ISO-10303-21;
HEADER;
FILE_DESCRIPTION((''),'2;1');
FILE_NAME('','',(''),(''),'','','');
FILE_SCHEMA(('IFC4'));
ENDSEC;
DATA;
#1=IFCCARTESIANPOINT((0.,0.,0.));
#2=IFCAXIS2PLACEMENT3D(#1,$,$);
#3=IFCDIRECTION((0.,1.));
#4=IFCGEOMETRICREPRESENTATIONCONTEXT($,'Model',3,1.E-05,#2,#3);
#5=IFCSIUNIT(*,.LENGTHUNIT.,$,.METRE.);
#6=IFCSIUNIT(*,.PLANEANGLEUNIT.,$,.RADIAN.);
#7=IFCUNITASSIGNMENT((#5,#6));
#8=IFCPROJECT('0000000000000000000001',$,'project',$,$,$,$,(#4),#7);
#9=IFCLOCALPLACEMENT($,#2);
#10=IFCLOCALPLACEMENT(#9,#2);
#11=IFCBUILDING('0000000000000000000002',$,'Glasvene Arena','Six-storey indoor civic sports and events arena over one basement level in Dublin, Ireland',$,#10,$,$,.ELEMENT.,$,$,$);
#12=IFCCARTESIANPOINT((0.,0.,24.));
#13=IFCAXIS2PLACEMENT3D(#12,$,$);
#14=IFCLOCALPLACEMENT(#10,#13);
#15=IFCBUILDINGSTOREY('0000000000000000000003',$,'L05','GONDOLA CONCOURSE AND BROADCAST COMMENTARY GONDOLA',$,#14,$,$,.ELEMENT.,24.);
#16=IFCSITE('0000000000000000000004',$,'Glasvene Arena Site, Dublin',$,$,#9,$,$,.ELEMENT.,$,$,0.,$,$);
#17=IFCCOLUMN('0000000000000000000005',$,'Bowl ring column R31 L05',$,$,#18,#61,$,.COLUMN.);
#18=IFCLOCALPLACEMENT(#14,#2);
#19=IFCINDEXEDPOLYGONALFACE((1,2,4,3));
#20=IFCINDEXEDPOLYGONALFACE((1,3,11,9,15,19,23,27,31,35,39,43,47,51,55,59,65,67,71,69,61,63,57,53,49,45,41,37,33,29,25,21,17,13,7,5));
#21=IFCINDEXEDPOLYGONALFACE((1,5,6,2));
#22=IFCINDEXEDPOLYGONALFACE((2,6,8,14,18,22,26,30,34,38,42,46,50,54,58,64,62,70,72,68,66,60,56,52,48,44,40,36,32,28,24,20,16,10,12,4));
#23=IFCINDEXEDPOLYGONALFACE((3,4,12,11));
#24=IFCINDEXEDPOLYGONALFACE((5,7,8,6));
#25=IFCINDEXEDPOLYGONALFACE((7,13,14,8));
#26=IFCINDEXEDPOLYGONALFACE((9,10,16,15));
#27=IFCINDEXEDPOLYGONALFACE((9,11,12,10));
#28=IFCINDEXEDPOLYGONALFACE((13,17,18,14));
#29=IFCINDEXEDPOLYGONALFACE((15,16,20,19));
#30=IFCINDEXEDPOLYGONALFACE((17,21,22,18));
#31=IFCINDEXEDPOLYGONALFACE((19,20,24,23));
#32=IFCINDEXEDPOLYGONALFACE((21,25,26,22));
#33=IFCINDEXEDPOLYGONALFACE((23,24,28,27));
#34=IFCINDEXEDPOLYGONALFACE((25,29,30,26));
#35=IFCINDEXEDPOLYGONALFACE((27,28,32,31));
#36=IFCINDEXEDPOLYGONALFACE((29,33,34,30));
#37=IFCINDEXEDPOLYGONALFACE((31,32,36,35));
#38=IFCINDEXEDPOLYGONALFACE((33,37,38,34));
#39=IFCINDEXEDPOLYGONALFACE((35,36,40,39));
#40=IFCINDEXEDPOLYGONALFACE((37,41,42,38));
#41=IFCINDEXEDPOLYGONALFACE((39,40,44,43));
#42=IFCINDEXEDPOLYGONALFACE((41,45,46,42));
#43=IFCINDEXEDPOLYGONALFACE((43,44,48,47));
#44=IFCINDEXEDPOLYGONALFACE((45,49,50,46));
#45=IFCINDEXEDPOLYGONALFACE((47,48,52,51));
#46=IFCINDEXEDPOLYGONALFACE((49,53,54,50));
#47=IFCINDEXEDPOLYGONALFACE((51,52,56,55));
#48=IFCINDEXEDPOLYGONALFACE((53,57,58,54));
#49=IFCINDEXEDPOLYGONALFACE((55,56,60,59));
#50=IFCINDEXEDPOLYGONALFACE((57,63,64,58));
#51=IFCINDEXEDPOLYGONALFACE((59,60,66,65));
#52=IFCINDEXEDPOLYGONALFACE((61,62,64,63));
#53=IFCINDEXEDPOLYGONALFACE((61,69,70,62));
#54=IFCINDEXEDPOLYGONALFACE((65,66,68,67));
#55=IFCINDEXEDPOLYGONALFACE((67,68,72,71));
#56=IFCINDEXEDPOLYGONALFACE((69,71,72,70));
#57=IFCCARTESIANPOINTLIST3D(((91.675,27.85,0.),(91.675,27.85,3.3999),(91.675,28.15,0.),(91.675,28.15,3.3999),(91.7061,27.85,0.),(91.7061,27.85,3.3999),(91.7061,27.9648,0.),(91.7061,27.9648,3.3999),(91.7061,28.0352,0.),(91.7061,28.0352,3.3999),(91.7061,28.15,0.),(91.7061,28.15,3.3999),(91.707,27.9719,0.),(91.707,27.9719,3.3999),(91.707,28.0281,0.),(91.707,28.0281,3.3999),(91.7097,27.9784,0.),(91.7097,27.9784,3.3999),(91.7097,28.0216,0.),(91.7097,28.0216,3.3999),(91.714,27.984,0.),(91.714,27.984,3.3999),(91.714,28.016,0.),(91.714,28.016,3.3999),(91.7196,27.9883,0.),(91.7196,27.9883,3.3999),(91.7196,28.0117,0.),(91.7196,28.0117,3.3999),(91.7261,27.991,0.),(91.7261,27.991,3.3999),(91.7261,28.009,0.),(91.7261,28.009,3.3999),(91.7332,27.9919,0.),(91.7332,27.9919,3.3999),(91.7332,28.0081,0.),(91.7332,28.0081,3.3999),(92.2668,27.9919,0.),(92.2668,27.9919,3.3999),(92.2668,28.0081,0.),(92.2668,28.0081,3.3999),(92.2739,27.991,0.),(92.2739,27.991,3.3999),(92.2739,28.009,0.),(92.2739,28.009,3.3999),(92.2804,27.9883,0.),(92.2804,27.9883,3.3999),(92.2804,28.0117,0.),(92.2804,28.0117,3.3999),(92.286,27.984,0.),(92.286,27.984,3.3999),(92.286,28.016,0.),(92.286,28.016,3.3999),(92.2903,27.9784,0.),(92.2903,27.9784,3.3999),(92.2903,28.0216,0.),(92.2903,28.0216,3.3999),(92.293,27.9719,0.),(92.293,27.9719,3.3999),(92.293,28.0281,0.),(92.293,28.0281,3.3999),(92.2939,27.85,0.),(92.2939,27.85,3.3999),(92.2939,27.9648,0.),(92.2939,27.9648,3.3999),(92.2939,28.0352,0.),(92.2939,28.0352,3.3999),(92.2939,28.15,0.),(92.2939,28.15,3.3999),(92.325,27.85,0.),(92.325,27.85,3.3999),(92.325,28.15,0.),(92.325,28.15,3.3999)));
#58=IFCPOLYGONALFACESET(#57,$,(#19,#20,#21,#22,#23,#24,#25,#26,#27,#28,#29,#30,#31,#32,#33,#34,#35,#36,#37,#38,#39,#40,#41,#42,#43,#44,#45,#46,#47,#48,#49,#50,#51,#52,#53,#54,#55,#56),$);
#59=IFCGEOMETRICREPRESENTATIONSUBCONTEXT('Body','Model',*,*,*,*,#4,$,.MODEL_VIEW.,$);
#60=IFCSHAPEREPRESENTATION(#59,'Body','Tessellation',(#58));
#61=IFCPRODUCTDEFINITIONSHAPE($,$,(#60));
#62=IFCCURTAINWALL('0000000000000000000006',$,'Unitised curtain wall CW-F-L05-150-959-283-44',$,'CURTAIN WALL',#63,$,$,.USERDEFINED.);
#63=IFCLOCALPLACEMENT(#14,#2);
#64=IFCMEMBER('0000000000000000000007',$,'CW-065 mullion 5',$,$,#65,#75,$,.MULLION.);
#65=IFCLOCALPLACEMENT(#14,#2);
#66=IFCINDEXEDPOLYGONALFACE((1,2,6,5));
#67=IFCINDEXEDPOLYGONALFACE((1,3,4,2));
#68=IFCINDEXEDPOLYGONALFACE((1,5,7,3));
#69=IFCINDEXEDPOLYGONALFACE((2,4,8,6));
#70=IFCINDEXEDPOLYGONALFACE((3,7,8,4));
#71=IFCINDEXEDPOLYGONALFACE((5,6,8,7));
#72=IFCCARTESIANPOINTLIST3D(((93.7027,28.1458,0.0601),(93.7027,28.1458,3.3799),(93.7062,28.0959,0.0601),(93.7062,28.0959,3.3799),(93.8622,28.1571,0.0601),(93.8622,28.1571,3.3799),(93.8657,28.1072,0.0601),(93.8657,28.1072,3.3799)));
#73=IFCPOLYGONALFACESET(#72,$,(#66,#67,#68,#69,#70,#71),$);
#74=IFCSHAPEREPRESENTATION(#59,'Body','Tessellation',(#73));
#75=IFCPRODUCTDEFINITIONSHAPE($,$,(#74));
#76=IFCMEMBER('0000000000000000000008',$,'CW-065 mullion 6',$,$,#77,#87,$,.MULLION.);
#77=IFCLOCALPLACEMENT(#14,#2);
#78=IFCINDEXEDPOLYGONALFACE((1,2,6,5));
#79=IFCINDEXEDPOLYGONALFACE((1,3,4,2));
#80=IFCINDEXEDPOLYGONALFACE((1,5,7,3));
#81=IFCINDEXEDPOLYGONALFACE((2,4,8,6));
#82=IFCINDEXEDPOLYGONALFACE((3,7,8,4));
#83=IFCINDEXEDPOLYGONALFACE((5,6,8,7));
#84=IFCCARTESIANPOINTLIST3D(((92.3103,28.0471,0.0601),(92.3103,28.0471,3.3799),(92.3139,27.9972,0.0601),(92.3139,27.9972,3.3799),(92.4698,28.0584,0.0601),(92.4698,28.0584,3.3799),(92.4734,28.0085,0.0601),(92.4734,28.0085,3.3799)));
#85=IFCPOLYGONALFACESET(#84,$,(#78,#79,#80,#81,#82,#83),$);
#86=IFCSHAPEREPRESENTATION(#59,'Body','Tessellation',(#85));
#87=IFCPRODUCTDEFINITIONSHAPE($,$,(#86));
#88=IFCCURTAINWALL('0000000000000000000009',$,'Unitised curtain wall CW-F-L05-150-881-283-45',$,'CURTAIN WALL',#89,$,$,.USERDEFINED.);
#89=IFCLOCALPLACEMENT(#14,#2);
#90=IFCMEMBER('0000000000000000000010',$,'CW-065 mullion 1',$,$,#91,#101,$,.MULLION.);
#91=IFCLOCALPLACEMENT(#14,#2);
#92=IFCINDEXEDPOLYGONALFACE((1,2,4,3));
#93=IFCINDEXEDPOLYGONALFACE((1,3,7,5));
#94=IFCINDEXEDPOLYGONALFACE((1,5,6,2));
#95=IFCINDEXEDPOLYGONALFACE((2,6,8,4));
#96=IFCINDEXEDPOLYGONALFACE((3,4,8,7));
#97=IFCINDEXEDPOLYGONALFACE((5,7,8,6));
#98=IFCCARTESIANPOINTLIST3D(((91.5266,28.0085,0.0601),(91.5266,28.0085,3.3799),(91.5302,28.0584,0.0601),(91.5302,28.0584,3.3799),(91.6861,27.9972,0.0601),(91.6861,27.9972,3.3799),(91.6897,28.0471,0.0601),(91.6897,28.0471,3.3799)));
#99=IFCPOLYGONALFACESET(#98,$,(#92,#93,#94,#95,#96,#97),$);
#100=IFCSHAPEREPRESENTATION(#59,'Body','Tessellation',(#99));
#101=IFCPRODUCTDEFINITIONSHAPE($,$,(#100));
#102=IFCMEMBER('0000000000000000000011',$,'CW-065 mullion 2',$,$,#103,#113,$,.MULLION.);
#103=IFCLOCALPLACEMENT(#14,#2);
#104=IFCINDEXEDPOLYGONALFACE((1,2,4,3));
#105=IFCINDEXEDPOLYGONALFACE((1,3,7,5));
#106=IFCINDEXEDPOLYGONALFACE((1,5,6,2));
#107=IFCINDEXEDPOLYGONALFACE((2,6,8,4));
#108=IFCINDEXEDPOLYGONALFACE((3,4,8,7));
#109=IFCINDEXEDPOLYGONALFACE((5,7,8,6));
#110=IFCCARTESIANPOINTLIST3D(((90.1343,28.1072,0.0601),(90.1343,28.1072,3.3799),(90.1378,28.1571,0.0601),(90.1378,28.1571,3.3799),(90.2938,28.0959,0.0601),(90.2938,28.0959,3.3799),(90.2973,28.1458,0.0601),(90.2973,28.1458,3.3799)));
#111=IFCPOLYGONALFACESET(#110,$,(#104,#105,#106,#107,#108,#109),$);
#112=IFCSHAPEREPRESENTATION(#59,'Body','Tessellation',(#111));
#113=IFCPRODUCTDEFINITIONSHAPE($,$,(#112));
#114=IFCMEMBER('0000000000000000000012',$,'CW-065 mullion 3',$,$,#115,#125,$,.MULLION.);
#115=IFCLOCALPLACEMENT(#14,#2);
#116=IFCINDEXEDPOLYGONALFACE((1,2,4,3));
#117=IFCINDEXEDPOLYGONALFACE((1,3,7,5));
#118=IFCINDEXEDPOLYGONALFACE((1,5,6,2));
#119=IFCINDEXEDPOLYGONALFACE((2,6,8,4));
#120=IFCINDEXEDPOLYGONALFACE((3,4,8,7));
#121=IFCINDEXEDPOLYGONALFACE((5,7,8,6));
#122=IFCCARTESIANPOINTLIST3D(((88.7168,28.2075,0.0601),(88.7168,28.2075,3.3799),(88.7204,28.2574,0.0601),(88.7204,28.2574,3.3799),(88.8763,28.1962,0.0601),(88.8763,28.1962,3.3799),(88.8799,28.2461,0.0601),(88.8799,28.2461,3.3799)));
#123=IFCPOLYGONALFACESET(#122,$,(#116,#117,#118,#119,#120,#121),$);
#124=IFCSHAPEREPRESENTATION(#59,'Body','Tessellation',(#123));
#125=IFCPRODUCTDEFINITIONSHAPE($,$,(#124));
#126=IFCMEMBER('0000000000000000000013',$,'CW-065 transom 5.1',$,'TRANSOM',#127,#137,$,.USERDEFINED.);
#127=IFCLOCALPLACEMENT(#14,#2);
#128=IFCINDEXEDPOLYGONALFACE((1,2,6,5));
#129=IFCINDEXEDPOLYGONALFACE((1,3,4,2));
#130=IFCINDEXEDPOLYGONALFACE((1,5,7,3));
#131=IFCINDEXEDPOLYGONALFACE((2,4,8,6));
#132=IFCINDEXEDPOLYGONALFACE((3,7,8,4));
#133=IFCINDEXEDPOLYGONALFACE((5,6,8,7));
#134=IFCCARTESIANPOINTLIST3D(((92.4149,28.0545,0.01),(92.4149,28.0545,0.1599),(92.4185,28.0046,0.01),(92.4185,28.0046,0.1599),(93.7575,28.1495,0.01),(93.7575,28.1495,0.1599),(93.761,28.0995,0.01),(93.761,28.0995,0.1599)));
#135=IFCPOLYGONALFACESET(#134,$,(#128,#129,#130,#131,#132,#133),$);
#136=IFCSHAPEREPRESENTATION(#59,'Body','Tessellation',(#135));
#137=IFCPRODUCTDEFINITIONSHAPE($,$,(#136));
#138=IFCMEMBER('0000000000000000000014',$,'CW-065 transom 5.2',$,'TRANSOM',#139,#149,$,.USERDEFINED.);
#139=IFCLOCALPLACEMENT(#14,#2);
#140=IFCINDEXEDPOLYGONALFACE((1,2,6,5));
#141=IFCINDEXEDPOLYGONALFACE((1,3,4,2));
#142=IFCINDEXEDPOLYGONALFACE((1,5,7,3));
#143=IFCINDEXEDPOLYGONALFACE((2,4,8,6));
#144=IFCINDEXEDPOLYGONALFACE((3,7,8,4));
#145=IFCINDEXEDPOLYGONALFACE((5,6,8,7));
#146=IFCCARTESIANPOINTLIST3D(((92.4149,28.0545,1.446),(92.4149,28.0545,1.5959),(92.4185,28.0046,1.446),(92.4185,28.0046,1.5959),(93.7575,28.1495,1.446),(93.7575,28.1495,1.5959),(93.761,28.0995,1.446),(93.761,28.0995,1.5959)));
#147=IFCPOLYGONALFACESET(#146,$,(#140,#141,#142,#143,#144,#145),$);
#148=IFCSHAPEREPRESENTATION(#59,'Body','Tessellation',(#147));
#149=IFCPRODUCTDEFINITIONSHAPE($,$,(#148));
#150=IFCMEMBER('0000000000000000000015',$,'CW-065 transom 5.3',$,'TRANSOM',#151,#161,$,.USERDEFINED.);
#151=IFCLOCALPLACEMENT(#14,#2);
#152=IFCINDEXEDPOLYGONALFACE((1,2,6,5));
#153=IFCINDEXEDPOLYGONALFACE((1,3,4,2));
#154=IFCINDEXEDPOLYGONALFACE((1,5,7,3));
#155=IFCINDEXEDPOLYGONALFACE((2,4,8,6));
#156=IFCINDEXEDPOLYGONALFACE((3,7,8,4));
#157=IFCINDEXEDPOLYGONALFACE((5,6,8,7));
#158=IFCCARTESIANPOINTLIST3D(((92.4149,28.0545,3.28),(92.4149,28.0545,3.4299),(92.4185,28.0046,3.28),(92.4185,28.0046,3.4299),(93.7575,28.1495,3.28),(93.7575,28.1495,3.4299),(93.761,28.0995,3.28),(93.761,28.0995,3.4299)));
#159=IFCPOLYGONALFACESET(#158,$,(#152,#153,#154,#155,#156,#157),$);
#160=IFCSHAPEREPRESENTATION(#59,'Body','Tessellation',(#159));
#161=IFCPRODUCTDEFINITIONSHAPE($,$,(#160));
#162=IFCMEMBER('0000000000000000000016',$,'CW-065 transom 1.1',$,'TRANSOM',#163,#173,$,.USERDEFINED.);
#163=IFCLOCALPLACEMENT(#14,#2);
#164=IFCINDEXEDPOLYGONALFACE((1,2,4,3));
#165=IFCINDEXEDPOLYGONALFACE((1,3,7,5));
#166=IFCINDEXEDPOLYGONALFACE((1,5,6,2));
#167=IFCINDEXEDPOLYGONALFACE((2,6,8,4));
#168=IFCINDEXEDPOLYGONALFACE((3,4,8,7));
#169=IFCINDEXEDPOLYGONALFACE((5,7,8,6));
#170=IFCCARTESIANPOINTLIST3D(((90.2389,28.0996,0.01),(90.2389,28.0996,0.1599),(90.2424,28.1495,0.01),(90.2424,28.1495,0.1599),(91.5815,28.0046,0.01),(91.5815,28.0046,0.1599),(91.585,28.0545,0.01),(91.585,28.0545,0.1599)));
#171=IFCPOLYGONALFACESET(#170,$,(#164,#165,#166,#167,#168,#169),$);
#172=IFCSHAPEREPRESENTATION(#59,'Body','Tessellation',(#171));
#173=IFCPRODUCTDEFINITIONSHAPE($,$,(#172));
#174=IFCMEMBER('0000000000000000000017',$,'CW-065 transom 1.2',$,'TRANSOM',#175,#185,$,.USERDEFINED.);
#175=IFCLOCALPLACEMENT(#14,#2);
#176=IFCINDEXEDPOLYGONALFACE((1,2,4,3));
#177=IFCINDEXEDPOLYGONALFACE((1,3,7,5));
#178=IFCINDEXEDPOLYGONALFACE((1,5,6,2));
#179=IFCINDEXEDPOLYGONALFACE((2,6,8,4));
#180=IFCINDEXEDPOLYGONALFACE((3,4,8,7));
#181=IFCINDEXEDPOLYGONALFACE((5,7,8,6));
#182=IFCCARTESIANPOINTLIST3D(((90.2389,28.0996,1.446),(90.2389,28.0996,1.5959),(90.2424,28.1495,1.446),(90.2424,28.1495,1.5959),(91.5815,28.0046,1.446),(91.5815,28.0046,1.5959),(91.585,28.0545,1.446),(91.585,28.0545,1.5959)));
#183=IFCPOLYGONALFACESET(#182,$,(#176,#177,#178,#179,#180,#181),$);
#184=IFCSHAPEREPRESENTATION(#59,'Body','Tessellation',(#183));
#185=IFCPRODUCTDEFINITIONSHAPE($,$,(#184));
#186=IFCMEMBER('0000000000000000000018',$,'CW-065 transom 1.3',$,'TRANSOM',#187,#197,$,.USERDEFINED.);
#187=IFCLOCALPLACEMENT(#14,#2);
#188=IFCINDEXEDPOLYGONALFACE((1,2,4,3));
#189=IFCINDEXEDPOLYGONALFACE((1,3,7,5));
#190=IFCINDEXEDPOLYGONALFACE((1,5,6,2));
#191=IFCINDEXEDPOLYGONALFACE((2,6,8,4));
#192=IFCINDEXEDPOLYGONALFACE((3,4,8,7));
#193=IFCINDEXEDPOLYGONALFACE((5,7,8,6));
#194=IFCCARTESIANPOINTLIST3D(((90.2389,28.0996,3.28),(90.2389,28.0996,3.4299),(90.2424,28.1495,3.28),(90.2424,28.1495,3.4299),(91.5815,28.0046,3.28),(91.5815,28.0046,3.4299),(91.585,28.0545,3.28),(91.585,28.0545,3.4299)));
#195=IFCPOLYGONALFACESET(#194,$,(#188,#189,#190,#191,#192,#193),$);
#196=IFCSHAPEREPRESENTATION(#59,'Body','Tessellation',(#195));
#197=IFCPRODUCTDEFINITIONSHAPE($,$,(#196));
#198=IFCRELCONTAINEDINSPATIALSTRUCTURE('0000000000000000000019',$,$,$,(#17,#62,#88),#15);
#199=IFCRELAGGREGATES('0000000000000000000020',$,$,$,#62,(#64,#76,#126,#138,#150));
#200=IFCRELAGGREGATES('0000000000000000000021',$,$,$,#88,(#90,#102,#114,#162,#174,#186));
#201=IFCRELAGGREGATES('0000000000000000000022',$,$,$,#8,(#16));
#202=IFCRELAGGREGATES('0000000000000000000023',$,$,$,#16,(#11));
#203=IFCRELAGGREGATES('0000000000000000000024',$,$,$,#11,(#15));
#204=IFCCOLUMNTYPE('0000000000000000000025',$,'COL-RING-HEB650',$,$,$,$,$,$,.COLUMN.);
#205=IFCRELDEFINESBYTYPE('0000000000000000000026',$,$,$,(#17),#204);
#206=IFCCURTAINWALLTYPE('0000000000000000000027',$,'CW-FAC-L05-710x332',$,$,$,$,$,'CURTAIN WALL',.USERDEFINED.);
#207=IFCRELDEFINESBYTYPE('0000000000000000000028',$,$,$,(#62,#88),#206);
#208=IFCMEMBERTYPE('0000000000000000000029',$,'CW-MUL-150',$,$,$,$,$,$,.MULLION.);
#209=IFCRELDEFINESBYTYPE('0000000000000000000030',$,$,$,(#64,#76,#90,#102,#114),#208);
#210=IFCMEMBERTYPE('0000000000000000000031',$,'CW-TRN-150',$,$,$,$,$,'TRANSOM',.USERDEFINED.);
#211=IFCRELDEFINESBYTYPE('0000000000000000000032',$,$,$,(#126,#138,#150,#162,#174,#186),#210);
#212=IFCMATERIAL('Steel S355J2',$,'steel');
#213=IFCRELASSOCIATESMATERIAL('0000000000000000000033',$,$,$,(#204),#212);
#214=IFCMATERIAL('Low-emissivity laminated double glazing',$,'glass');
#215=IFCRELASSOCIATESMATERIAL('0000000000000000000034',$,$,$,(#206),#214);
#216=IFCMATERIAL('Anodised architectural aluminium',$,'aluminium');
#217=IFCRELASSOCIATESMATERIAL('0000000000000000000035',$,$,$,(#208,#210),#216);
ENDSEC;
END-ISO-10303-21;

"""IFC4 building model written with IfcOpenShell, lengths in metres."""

from ifc_helpers import new_model, si_unit, direction, frame, origin, origin_2d, place, context, subcontext, project, spatial, rectangle, i_section, extrude, material, material_profile, profile_set, type_object, element, aggregate, save


model = new_model("IFC4")

# Units and contexts
model_context = context("Model", 3, precision=1e-05, world=origin(), true_north=direction((0.0, 1.0)))
body_context = subcontext(model_context, "Body", "Model", "MODEL_VIEW")
ifc_project = project(units=[si_unit("LENGTHUNIT", "METRE"), si_unit("PLANEANGLEUNIT", "RADIAN")], contexts=[model_context])

# Site, building, storey
site_placement = place(None, origin())
site = spatial("IfcSite", under=ifc_project, at=site_placement, Name="Glasvene Arena Site, Dublin", CompositionType="ELEMENT", RefElevation=0.0)
building_placement = place(site_placement, origin())
building = spatial("IfcBuilding", under=site, at=building_placement, Name="Glasvene Arena", Description="Six-storey indoor civic sports and events arena over one basement level in Dublin, Ireland", CompositionType="ELEMENT")
storey_placement = place(building_placement, frame((0.0, 0.0, 24.0)))
storey = spatial("IfcBuildingStorey", under=building, at=storey_placement, Name="L05", Description="GONDOLA CONCOURSE AND BROADCAST COMMENTARY GONDOLA", CompositionType="ELEMENT", Elevation=24.0)

# Column
ifc_material_1 = material(Name="Steel S355J2", Category="steel")
ifc_material_profile_1 = material_profile(ifc_material_1, i_section(OverallWidth=0.3, OverallDepth=0.6499, WebThickness=0.0161, FlangeThickness=0.031, FilletRadius=0.0271, at=origin_2d()), Name="HEB 650")
ifc_profile_set_1 = profile_set([ifc_material_profile_1], Name="Steel S355J2")
column_type = type_object("IfcColumnType", Name="COL-RING-HEB650", PredefinedType="COLUMN", material=ifc_profile_set_1)
column_placement = place(storey_placement, frame((92.0, 28.0, 0.0), z_axis=(0.0, 0.0, 1.0), x_axis=(0.0, -1.0, 0.0)))
element("IfcColumn", 1, at=column_placement, inside=storey, type_object=column_type, Name="Bowl ring column R31 L05", PredefinedType="COLUMN", context=body_context, shape_type="SweptSolid", body=[
    extrude(i_section(OverallWidth=0.3, OverallDepth=0.6499, WebThickness=0.0161, FlangeThickness=0.031, FilletRadius=0.0271, at=origin_2d()), origin(), (0.0, 0.0, 1.0), 3.3999),
])

# Curtain walls, members
ifc_material_2 = material(Name="Low-emissivity laminated double glazing", Category="glass")
curtain_wall_type = type_object("IfcCurtainWallType", Name="CW-FAC-L05-710x332", ElementType="CURTAIN WALL", PredefinedType="USERDEFINED", material=ifc_material_2)
curtain_wall_1_placement = place(storey_placement, frame((99.4539, 28.5281, 0.0)))
curtain_wall_1 = element("IfcCurtainWall", 2, at=curtain_wall_1_placement, inside=storey, type_object=curtain_wall_type, Name="Unitised curtain wall CW-F-L05-150-959-283-44", ObjectType="CURTAIN WALL", PredefinedType="USERDEFINED")
ifc_material_3 = material(Name="Anodised architectural aluminium", Category="aluminium")
ifc_material_profile_2 = material_profile(ifc_material_3, rectangle(XDim=0.05, YDim=0.1599, at=origin_2d()), Name="ALU MULLION 50x160")
ifc_profile_set_2 = profile_set([ifc_material_profile_2], Name="Anodised architectural aluminium")
member_type_1 = type_object("IfcMemberType", Name="CW-MUL-150", PredefinedType="MULLION", material=ifc_profile_set_2)
member_1_placement = place(storey_placement, frame((93.7842, 28.1265, 0.0601), z_axis=(0.0, 0.0, 1.0), x_axis=(0.070657, -0.997501, 0.0)))
member_1 = element("IfcMember", 3, at=member_1_placement, type_object=member_type_1, Name="CW-065 mullion 5", PredefinedType="MULLION", context=body_context, shape_type="SweptSolid", body=[
    extrude(rectangle(XDim=0.05, YDim=0.1599, at=origin_2d()), origin(), (0.0, 0.0, 1.0), 3.3198),
])
member_2_placement = place(storey_placement, frame((92.3918, 28.0278, 0.0601), z_axis=(0.0, 0.0, 1.0), x_axis=(0.070657, -0.997501, 0.0)))
member_2 = element("IfcMember", 4, at=member_2_placement, type_object=member_type_1, Name="CW-065 mullion 6", PredefinedType="MULLION", context=body_context, shape_type="SweptSolid", body=[
    extrude(rectangle(XDim=0.05, YDim=0.1599, at=origin_2d()), origin(), (0.0, 0.0, 1.0), 3.3198),
])
curtain_wall_2_placement = place(storey_placement, frame((91.6331, 28.0259, 0.0)))
curtain_wall_2 = element("IfcCurtainWall", 5, at=curtain_wall_2_placement, inside=storey, type_object=curtain_wall_type, Name="Unitised curtain wall CW-F-L05-150-881-283-45", ObjectType="CURTAIN WALL", PredefinedType="USERDEFINED")
member_3_placement = place(storey_placement, frame((91.6082, 28.0278, 0.0601), z_axis=(0.0, 0.0, 1.0), x_axis=(-0.070657, -0.997501, 0.0)))
member_3 = element("IfcMember", 6, at=member_3_placement, type_object=member_type_1, Name="CW-065 mullion 1", PredefinedType="MULLION", context=body_context, shape_type="SweptSolid", body=[
    extrude(rectangle(XDim=0.05, YDim=0.1599, at=origin_2d()), origin(), (0.0, 0.0, 1.0), 3.3198),
])
member_4_placement = place(storey_placement, frame((90.2158, 28.1265, 0.0601), z_axis=(0.0, 0.0, 1.0), x_axis=(-0.070657, -0.997501, 0.0)))
member_4 = element("IfcMember", 7, at=member_4_placement, type_object=member_type_1, Name="CW-065 mullion 2", PredefinedType="MULLION", context=body_context, shape_type="SweptSolid", body=[
    extrude(rectangle(XDim=0.05, YDim=0.1599, at=origin_2d()), origin(), (0.0, 0.0, 1.0), 3.3198),
])
member_5_placement = place(storey_placement, frame((88.7983, 28.2268, 0.0601), z_axis=(0.0, 0.0, 1.0), x_axis=(-0.070657, -0.997501, 0.0)))
member_5 = element("IfcMember", 8, at=member_5_placement, type_object=member_type_1, Name="CW-065 mullion 3", PredefinedType="MULLION", context=body_context, shape_type="SweptSolid", body=[
    extrude(rectangle(XDim=0.05, YDim=0.1599, at=origin_2d()), origin(), (0.0, 0.0, 1.0), 3.3198),
])

# Members
ifc_material_profile_3 = material_profile(ifc_material_3, rectangle(XDim=0.05, YDim=0.1499, at=origin_2d()), Name="ALU TRANSOM 50x150")
ifc_profile_set_3 = profile_set([ifc_material_profile_3], Name="Anodised architectural aluminium")
member_type_2 = type_object("IfcMemberType", Name="CW-TRN-150", ElementType="TRANSOM", PredefinedType="USERDEFINED", material=ifc_profile_set_3)
member_6_placement = place(storey_placement, frame((93.7593, 28.1245, 0.085), z_axis=(-0.997507, -0.070564, 0.0), x_axis=(0.070564, -0.997507, 0.0)))
member_6 = element("IfcMember", 9, at=member_6_placement, type_object=member_type_2, Name="CW-065 transom 5.1", ObjectType="TRANSOM", PredefinedType="USERDEFINED", context=body_context, shape_type="SweptSolid", body=[
    extrude(rectangle(XDim=0.05, YDim=0.1499, at=origin_2d()), origin(), (0.0, 0.0, 1.0), 1.3459),
])
member_7_placement = place(storey_placement, frame((93.7593, 28.1245, 1.521), z_axis=(-0.997507, -0.070564, 0.0), x_axis=(0.070564, -0.997507, 0.0)))
member_7 = element("IfcMember", 10, at=member_7_placement, type_object=member_type_2, Name="CW-065 transom 5.2", ObjectType="TRANSOM", PredefinedType="USERDEFINED", context=body_context, shape_type="SweptSolid", body=[
    extrude(rectangle(XDim=0.05, YDim=0.1499, at=origin_2d()), origin(), (0.0, 0.0, 1.0), 1.3459),
])
member_8_placement = place(storey_placement, frame((93.7593, 28.1245, 3.355), z_axis=(-0.997507, -0.070564, 0.0), x_axis=(0.070564, -0.997507, 0.0)))
member_8 = element("IfcMember", 11, at=member_8_placement, type_object=member_type_2, Name="CW-065 transom 5.3", ObjectType="TRANSOM", PredefinedType="USERDEFINED", context=body_context, shape_type="SweptSolid", body=[
    extrude(rectangle(XDim=0.05, YDim=0.1499, at=origin_2d()), origin(), (0.0, 0.0, 1.0), 1.3459),
])
member_9_placement = place(storey_placement, frame((91.5833, 28.0295, 0.085), z_axis=(-0.997507, 0.070564, 0.0), x_axis=(-0.070564, -0.997507, 0.0)))
member_9 = element("IfcMember", 12, at=member_9_placement, type_object=member_type_2, Name="CW-065 transom 1.1", ObjectType="TRANSOM", PredefinedType="USERDEFINED", context=body_context, shape_type="SweptSolid", body=[
    extrude(rectangle(XDim=0.05, YDim=0.1499, at=origin_2d()), origin(), (0.0, 0.0, 1.0), 1.3459),
])
member_10_placement = place(storey_placement, frame((91.5833, 28.0295, 1.521), z_axis=(-0.997507, 0.070564, 0.0), x_axis=(-0.070564, -0.997507, 0.0)))
member_10 = element("IfcMember", 13, at=member_10_placement, type_object=member_type_2, Name="CW-065 transom 1.2", ObjectType="TRANSOM", PredefinedType="USERDEFINED", context=body_context, shape_type="SweptSolid", body=[
    extrude(rectangle(XDim=0.05, YDim=0.1499, at=origin_2d()), origin(), (0.0, 0.0, 1.0), 1.3459),
])
member_11_placement = place(storey_placement, frame((91.5833, 28.0295, 3.355), z_axis=(-0.997507, 0.070564, 0.0), x_axis=(-0.070564, -0.997507, 0.0)))
member_11 = element("IfcMember", 14, at=member_11_placement, type_object=member_type_2, Name="CW-065 transom 1.3", ObjectType="TRANSOM", PredefinedType="USERDEFINED", context=body_context, shape_type="SweptSolid", body=[
    extrude(rectangle(XDim=0.05, YDim=0.1499, at=origin_2d()), origin(), (0.0, 0.0, 1.0), 1.3459),
])

aggregate(curtain_wall_1, [member_1, member_2, member_6, member_7, member_8])
aggregate(curtain_wall_2, [member_3, member_4, member_5, member_9, member_10, member_11])

save(model, "model.ifc")
